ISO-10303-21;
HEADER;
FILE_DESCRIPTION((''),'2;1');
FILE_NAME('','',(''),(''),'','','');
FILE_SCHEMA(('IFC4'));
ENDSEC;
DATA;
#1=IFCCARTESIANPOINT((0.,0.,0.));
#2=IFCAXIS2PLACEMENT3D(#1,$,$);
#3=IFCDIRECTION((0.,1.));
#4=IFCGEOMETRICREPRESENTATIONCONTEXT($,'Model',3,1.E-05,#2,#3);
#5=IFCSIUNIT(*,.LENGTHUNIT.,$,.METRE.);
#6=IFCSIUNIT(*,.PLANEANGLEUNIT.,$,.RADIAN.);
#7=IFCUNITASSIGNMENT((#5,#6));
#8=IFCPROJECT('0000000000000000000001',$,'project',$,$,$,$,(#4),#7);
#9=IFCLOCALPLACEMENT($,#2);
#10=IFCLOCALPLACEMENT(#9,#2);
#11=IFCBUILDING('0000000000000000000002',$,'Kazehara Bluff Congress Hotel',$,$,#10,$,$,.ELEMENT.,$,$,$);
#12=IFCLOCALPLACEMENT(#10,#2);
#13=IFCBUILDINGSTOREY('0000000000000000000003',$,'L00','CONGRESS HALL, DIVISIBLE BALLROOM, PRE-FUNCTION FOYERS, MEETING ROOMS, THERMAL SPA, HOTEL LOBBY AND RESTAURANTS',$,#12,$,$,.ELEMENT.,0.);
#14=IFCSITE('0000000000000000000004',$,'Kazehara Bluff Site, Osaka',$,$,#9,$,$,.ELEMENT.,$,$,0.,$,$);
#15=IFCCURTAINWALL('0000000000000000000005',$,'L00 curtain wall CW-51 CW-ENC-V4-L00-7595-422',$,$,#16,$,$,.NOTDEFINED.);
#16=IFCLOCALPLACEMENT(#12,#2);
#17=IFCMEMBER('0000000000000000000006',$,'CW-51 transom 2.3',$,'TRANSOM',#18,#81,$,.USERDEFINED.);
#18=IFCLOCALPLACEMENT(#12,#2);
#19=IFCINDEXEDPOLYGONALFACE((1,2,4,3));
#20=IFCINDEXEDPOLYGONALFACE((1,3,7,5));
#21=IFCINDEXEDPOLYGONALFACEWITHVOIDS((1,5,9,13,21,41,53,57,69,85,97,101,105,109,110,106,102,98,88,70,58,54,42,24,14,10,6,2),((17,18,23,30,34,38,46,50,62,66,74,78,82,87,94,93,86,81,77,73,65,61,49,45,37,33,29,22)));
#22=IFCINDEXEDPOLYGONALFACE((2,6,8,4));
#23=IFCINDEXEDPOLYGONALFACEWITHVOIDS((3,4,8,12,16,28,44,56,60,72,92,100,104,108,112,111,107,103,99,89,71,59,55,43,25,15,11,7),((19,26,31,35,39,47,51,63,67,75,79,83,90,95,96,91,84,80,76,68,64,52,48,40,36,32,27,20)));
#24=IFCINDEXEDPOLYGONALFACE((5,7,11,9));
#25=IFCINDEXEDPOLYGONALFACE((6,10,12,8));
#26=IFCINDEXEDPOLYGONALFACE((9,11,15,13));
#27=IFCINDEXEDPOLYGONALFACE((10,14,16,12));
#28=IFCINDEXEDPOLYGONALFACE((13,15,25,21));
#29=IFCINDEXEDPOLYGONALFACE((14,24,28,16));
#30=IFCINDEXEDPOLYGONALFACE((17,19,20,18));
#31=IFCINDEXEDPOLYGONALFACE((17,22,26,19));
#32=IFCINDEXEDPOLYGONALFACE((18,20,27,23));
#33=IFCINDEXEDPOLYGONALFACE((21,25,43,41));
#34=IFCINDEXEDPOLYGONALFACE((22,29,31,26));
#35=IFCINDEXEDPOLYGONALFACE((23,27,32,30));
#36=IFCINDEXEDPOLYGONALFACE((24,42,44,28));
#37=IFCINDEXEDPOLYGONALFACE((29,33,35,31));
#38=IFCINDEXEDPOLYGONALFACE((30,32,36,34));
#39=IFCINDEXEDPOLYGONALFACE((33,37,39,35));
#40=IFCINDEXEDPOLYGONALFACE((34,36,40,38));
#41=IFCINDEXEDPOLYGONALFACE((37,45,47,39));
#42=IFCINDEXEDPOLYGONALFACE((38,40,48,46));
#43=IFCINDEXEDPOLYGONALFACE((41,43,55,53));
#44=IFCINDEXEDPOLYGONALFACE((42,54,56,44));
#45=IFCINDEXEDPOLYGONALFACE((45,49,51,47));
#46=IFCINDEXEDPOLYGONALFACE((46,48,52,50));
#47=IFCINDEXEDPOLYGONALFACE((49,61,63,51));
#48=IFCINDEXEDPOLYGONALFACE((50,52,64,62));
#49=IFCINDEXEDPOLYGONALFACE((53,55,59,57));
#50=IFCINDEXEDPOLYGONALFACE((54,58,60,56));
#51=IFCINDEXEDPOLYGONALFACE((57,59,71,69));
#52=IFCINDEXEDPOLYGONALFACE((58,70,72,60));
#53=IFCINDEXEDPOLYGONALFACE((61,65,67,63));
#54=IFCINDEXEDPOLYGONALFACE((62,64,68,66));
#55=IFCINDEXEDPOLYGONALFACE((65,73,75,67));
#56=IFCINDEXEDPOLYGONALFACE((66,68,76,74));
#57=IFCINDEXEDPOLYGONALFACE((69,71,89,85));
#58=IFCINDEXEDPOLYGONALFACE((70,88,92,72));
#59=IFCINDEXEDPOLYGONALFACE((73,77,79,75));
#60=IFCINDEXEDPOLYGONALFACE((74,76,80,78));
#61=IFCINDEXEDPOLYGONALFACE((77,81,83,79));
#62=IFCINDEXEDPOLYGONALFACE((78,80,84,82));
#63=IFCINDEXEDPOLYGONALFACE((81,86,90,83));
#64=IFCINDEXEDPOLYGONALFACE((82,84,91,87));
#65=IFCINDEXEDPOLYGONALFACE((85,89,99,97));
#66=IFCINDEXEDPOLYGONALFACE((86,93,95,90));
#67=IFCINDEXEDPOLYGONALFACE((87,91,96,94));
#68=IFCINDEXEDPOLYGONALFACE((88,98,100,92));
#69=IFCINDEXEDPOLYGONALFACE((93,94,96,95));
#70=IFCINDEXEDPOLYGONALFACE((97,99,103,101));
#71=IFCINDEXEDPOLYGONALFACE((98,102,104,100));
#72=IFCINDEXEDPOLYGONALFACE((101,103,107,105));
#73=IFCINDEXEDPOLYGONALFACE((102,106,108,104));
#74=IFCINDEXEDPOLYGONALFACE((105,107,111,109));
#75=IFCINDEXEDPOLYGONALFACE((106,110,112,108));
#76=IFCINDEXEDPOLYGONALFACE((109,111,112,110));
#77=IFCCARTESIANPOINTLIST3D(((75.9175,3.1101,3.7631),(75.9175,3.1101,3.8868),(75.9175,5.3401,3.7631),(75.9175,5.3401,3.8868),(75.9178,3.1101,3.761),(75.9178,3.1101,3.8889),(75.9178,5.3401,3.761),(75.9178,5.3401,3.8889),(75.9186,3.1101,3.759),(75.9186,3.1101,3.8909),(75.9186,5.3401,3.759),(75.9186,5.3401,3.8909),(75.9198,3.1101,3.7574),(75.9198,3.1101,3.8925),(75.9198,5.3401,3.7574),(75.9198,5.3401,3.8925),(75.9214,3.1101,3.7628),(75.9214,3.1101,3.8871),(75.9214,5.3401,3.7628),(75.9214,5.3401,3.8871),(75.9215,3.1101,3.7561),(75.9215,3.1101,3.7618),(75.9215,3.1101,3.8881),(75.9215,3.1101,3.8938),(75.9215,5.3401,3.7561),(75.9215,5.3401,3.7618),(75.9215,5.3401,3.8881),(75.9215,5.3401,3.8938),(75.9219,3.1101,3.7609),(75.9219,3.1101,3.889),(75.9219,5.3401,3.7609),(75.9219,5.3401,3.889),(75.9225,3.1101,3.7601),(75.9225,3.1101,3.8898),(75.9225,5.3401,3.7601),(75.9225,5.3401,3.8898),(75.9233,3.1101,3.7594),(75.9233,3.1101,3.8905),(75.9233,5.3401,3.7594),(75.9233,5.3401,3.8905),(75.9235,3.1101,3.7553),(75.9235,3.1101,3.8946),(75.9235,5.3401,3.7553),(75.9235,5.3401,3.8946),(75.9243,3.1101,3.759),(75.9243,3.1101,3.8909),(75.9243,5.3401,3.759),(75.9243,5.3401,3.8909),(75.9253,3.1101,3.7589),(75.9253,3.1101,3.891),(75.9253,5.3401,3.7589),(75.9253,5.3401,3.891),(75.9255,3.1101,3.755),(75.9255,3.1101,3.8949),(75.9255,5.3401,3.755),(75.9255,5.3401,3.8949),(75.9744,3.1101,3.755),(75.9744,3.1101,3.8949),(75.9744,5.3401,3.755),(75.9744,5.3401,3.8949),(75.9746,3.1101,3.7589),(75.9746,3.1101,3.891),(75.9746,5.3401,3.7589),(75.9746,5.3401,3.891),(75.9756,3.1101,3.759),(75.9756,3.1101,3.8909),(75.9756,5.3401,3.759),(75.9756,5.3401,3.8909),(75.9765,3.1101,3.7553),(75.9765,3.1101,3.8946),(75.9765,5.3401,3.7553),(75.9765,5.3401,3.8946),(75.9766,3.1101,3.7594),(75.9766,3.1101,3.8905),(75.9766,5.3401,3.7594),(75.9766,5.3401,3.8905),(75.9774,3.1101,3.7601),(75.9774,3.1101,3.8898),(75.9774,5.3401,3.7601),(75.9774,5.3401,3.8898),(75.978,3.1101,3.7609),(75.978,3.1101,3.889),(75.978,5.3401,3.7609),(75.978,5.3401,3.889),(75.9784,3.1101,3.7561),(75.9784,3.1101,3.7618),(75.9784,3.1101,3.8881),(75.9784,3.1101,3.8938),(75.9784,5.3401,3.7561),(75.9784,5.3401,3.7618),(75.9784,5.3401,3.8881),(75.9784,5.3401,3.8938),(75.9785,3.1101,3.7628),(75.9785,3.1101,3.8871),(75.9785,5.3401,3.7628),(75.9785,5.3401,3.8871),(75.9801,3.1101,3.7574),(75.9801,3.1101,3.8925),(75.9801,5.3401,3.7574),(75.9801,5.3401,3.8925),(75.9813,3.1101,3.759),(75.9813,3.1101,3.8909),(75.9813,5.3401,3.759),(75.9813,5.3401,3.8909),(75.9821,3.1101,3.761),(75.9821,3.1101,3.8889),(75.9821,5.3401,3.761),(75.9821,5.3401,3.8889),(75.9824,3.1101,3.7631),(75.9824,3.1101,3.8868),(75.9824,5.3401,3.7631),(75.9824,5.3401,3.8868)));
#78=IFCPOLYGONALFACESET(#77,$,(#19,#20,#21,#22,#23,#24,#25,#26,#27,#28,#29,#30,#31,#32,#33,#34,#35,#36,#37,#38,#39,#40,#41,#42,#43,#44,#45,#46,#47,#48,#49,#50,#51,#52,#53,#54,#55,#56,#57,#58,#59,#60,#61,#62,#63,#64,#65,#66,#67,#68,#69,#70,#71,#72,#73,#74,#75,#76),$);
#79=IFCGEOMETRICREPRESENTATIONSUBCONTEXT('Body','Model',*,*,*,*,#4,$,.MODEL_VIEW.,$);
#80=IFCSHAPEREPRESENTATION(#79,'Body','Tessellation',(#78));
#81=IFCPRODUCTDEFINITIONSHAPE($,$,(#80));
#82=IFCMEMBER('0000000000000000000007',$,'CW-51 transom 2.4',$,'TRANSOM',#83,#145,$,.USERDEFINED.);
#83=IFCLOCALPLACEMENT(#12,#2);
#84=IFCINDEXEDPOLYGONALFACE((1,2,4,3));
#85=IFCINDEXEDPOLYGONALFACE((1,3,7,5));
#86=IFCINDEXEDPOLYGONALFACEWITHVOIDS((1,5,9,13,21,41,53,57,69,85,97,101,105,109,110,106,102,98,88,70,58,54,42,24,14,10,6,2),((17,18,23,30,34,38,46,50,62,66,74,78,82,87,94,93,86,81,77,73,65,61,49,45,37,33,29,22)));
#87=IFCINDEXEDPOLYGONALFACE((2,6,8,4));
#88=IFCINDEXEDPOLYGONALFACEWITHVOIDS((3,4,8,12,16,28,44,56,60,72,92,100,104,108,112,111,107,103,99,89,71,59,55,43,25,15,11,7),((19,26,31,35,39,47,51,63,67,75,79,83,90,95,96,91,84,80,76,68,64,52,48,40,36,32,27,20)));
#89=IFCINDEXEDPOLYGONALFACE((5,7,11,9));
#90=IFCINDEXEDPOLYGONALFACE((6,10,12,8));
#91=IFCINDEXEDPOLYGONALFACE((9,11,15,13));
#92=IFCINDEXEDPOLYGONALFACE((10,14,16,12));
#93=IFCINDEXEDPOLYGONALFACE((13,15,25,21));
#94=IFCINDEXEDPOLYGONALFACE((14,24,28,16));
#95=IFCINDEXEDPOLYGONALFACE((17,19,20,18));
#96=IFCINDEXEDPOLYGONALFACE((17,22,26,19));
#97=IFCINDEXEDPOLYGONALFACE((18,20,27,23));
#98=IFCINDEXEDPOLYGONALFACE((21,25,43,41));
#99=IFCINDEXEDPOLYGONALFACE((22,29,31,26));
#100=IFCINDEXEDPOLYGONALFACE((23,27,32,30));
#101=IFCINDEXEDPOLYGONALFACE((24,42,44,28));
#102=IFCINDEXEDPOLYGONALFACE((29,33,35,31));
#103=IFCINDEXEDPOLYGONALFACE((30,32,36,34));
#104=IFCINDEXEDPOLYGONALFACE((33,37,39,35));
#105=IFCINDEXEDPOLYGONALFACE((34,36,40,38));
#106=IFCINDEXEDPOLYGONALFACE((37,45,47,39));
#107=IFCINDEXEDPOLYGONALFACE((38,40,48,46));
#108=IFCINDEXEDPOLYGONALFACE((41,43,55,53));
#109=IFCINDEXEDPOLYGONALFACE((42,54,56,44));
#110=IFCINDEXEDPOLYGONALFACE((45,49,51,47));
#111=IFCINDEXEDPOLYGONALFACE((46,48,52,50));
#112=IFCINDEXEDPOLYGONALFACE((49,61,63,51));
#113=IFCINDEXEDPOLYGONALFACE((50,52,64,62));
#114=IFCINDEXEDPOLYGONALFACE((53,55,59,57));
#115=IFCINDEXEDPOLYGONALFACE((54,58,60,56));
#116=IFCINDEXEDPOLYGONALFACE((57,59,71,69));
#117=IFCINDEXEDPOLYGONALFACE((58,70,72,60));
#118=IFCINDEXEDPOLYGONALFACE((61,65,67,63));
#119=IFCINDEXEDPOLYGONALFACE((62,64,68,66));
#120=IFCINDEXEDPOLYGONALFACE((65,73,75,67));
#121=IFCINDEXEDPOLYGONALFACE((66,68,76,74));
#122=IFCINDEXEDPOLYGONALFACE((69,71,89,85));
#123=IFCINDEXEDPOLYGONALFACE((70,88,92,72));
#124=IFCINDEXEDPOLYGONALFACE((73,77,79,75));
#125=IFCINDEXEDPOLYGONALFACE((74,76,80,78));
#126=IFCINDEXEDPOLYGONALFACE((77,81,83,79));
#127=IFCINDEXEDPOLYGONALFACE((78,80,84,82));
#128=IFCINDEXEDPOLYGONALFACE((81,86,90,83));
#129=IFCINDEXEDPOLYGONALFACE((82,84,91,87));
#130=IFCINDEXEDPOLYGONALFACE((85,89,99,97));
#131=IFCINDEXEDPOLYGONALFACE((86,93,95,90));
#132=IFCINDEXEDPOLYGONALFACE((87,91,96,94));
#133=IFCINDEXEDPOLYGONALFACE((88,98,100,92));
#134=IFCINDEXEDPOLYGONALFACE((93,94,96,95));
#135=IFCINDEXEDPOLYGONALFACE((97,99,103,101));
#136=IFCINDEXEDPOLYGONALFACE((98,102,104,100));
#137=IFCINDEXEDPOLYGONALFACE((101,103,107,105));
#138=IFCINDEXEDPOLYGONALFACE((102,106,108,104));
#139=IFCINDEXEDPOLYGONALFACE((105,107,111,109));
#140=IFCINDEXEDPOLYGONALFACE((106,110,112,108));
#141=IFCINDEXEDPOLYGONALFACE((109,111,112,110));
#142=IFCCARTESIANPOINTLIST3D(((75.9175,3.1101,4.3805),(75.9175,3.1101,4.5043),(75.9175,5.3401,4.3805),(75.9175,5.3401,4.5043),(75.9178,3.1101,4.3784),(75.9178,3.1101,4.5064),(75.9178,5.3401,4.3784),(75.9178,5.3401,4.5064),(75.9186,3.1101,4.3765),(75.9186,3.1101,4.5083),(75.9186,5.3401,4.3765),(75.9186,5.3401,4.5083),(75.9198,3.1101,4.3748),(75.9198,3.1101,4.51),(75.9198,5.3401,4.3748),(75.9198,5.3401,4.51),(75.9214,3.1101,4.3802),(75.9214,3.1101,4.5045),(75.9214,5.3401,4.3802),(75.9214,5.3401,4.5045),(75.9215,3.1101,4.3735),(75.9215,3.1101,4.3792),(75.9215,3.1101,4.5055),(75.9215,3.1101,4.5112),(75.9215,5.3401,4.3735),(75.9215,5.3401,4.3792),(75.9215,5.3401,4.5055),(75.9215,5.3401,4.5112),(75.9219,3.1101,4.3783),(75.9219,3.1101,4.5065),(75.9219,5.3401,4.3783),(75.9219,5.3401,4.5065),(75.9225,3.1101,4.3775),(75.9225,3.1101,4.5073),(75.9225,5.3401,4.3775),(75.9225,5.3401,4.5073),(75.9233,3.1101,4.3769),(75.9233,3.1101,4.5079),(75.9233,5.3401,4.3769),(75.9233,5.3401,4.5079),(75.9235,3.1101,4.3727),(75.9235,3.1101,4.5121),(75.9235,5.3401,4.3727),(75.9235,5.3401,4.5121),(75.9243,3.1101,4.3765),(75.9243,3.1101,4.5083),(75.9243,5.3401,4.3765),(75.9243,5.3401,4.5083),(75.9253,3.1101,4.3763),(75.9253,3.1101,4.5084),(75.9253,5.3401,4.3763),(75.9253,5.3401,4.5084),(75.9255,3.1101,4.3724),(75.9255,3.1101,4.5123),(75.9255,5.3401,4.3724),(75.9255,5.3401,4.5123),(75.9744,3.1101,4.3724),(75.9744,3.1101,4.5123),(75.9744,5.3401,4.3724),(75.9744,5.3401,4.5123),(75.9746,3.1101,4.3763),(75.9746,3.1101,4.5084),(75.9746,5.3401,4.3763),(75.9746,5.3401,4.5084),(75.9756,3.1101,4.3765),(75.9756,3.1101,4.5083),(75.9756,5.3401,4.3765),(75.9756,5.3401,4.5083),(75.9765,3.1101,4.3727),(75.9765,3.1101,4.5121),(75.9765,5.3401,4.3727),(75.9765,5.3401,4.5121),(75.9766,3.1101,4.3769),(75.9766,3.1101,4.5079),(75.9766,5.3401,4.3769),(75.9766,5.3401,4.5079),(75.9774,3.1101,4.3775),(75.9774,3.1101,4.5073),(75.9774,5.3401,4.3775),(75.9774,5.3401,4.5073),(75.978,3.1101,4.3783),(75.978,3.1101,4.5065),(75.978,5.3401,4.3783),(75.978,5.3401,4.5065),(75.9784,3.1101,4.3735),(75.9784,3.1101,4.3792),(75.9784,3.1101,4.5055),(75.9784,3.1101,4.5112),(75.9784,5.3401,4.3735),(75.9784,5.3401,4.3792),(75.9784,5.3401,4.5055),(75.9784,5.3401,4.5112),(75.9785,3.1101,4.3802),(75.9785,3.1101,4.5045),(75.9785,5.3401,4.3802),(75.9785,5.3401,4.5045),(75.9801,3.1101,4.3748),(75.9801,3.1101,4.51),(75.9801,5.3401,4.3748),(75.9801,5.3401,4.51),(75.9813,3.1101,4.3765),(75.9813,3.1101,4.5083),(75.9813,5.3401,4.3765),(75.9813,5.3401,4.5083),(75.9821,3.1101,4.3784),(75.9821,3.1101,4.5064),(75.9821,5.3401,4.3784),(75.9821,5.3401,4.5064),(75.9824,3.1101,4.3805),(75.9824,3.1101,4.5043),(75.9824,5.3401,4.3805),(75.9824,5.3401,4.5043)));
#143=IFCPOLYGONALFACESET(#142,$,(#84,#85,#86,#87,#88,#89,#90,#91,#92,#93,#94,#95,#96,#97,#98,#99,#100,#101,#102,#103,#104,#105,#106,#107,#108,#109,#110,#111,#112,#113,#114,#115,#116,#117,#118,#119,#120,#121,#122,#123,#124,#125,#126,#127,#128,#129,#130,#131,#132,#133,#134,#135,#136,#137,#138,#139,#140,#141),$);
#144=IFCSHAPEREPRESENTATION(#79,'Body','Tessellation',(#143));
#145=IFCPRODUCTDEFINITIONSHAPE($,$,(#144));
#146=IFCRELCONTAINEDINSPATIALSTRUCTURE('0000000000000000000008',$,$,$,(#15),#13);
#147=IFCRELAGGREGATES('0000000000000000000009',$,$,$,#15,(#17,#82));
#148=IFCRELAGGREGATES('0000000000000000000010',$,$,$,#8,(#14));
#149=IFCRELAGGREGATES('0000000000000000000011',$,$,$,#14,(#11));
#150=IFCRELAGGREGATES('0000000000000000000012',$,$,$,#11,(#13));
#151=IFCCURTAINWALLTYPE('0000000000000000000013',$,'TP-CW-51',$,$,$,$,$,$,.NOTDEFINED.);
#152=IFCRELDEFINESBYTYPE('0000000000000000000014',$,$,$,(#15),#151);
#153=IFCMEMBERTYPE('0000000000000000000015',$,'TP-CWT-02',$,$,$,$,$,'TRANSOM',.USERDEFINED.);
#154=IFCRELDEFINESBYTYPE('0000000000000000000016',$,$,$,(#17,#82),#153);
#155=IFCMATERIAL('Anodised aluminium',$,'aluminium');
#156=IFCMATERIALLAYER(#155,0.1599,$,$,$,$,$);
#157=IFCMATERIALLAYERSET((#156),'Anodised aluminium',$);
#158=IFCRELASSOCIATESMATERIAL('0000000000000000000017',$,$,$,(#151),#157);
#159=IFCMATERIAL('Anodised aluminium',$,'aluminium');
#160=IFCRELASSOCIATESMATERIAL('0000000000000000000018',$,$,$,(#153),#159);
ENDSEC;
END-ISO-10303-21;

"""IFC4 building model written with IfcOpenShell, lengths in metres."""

from ifc_helpers import new_model, si_unit, direction, frame, origin, origin_2d, place, context, subcontext, project, spatial, hollow_rectangle, extrude, material, layer, layer_set, material_profile, profile_set, type_object, element, aggregate, save


model = new_model("IFC4")

# Units and contexts
model_context = context("Model", 3, precision=1e-05, world=origin(), true_north=direction((0.0, 1.0)))
body_context = subcontext(model_context, "Body", "Model", "MODEL_VIEW")
ifc_project = project(units=[si_unit("LENGTHUNIT", "METRE"), si_unit("PLANEANGLEUNIT", "RADIAN")], contexts=[model_context])

# Site, building, storey
site_placement = place(None, origin())
site = spatial("IfcSite", under=ifc_project, at=site_placement, Name="Kazehara Bluff Site, Osaka", CompositionType="ELEMENT", RefElevation=0.0)
building_placement = place(site_placement, origin())
building = spatial("IfcBuilding", under=site, at=building_placement, Name="Kazehara Bluff Congress Hotel", CompositionType="ELEMENT")
storey_placement = place(building_placement, origin())
storey = spatial("IfcBuildingStorey", under=building, at=storey_placement, Name="L00", Description="CONGRESS HALL, DIVISIBLE BALLROOM, PRE-FUNCTION FOYERS, MEETING ROOMS, THERMAL SPA, HOTEL LOBBY AND RESTAURANTS", CompositionType="ELEMENT", Elevation=0.0)

# Curtain wall
ifc_material_1 = material(Name="Anodised aluminium", Category="aluminium")
ifc_layer_1 = layer(ifc_material_1, 0.1599)
ifc_layer_set_1 = layer_set([ifc_layer_1], Name="Anodised aluminium")
curtain_wall_type_1 = type_object("IfcCurtainWallType", Name="TP-CW-51", PredefinedType="NOTDEFINED", material=ifc_layer_set_1)
curtain_wall_1_placement = place(storey_placement, origin())
curtain_wall_1 = element("IfcCurtainWall", 1, at=curtain_wall_1_placement, inside=storey, type_object=curtain_wall_type_1, Name="L00 curtain wall CW-51 CW-ENC-V4-L00-7595-422", PredefinedType="NOTDEFINED")

# Members
ifc_material_2 = material(Name="Anodised aluminium", Category="aluminium")
ifc_material_profile_1 = material_profile(ifc_material_2, hollow_rectangle(XDim=0.0649, YDim=0.1399, WallThickness=0.0039, InnerFilletRadius=0.0039, OuterFilletRadius=0.0081, at=origin_2d()))
ifc_profile_set_1 = profile_set([ifc_material_profile_1], Name="Anodised aluminium")
member_type_1 = type_object("IfcMemberType", Name="TP-CWT-02", ElementType="TRANSOM", PredefinedType="USERDEFINED", material=ifc_profile_set_1)
member_1_placement = place(storey_placement, frame((75.95, 5.3401, 3.825), z_axis=(0.0, -1.0, 0.0), x_axis=(1.0, 0.0, 0.0)))
member_1 = element("IfcMember", 2, at=member_1_placement, type_object=member_type_1, Name="CW-51 transom 2.3", ObjectType="TRANSOM", PredefinedType="USERDEFINED", context=body_context, shape_type="SweptSolid", body=[
    extrude(hollow_rectangle(XDim=0.0649, YDim=0.1399, WallThickness=0.0039, InnerFilletRadius=0.0039, OuterFilletRadius=0.0081, at=origin_2d()), origin(), (0.0, 0.0, 1.0), 2.23),
])
member_2_placement = place(storey_placement, frame((75.95, 5.3401, 4.4424), z_axis=(0.0, -1.0, 0.0), x_axis=(1.0, 0.0, 0.0)))
member_2 = element("IfcMember", 3, at=member_2_placement, type_object=member_type_1, Name="CW-51 transom 2.4", ObjectType="TRANSOM", PredefinedType="USERDEFINED", context=body_context, shape_type="SweptSolid", body=[
    extrude(hollow_rectangle(XDim=0.0649, YDim=0.1399, WallThickness=0.0039, InnerFilletRadius=0.0039, OuterFilletRadius=0.0081, at=origin_2d()), origin(), (0.0, 0.0, 1.0), 2.23),
])

aggregate(curtain_wall_1, [member_1, member_2])

save(model, "model.ifc")
